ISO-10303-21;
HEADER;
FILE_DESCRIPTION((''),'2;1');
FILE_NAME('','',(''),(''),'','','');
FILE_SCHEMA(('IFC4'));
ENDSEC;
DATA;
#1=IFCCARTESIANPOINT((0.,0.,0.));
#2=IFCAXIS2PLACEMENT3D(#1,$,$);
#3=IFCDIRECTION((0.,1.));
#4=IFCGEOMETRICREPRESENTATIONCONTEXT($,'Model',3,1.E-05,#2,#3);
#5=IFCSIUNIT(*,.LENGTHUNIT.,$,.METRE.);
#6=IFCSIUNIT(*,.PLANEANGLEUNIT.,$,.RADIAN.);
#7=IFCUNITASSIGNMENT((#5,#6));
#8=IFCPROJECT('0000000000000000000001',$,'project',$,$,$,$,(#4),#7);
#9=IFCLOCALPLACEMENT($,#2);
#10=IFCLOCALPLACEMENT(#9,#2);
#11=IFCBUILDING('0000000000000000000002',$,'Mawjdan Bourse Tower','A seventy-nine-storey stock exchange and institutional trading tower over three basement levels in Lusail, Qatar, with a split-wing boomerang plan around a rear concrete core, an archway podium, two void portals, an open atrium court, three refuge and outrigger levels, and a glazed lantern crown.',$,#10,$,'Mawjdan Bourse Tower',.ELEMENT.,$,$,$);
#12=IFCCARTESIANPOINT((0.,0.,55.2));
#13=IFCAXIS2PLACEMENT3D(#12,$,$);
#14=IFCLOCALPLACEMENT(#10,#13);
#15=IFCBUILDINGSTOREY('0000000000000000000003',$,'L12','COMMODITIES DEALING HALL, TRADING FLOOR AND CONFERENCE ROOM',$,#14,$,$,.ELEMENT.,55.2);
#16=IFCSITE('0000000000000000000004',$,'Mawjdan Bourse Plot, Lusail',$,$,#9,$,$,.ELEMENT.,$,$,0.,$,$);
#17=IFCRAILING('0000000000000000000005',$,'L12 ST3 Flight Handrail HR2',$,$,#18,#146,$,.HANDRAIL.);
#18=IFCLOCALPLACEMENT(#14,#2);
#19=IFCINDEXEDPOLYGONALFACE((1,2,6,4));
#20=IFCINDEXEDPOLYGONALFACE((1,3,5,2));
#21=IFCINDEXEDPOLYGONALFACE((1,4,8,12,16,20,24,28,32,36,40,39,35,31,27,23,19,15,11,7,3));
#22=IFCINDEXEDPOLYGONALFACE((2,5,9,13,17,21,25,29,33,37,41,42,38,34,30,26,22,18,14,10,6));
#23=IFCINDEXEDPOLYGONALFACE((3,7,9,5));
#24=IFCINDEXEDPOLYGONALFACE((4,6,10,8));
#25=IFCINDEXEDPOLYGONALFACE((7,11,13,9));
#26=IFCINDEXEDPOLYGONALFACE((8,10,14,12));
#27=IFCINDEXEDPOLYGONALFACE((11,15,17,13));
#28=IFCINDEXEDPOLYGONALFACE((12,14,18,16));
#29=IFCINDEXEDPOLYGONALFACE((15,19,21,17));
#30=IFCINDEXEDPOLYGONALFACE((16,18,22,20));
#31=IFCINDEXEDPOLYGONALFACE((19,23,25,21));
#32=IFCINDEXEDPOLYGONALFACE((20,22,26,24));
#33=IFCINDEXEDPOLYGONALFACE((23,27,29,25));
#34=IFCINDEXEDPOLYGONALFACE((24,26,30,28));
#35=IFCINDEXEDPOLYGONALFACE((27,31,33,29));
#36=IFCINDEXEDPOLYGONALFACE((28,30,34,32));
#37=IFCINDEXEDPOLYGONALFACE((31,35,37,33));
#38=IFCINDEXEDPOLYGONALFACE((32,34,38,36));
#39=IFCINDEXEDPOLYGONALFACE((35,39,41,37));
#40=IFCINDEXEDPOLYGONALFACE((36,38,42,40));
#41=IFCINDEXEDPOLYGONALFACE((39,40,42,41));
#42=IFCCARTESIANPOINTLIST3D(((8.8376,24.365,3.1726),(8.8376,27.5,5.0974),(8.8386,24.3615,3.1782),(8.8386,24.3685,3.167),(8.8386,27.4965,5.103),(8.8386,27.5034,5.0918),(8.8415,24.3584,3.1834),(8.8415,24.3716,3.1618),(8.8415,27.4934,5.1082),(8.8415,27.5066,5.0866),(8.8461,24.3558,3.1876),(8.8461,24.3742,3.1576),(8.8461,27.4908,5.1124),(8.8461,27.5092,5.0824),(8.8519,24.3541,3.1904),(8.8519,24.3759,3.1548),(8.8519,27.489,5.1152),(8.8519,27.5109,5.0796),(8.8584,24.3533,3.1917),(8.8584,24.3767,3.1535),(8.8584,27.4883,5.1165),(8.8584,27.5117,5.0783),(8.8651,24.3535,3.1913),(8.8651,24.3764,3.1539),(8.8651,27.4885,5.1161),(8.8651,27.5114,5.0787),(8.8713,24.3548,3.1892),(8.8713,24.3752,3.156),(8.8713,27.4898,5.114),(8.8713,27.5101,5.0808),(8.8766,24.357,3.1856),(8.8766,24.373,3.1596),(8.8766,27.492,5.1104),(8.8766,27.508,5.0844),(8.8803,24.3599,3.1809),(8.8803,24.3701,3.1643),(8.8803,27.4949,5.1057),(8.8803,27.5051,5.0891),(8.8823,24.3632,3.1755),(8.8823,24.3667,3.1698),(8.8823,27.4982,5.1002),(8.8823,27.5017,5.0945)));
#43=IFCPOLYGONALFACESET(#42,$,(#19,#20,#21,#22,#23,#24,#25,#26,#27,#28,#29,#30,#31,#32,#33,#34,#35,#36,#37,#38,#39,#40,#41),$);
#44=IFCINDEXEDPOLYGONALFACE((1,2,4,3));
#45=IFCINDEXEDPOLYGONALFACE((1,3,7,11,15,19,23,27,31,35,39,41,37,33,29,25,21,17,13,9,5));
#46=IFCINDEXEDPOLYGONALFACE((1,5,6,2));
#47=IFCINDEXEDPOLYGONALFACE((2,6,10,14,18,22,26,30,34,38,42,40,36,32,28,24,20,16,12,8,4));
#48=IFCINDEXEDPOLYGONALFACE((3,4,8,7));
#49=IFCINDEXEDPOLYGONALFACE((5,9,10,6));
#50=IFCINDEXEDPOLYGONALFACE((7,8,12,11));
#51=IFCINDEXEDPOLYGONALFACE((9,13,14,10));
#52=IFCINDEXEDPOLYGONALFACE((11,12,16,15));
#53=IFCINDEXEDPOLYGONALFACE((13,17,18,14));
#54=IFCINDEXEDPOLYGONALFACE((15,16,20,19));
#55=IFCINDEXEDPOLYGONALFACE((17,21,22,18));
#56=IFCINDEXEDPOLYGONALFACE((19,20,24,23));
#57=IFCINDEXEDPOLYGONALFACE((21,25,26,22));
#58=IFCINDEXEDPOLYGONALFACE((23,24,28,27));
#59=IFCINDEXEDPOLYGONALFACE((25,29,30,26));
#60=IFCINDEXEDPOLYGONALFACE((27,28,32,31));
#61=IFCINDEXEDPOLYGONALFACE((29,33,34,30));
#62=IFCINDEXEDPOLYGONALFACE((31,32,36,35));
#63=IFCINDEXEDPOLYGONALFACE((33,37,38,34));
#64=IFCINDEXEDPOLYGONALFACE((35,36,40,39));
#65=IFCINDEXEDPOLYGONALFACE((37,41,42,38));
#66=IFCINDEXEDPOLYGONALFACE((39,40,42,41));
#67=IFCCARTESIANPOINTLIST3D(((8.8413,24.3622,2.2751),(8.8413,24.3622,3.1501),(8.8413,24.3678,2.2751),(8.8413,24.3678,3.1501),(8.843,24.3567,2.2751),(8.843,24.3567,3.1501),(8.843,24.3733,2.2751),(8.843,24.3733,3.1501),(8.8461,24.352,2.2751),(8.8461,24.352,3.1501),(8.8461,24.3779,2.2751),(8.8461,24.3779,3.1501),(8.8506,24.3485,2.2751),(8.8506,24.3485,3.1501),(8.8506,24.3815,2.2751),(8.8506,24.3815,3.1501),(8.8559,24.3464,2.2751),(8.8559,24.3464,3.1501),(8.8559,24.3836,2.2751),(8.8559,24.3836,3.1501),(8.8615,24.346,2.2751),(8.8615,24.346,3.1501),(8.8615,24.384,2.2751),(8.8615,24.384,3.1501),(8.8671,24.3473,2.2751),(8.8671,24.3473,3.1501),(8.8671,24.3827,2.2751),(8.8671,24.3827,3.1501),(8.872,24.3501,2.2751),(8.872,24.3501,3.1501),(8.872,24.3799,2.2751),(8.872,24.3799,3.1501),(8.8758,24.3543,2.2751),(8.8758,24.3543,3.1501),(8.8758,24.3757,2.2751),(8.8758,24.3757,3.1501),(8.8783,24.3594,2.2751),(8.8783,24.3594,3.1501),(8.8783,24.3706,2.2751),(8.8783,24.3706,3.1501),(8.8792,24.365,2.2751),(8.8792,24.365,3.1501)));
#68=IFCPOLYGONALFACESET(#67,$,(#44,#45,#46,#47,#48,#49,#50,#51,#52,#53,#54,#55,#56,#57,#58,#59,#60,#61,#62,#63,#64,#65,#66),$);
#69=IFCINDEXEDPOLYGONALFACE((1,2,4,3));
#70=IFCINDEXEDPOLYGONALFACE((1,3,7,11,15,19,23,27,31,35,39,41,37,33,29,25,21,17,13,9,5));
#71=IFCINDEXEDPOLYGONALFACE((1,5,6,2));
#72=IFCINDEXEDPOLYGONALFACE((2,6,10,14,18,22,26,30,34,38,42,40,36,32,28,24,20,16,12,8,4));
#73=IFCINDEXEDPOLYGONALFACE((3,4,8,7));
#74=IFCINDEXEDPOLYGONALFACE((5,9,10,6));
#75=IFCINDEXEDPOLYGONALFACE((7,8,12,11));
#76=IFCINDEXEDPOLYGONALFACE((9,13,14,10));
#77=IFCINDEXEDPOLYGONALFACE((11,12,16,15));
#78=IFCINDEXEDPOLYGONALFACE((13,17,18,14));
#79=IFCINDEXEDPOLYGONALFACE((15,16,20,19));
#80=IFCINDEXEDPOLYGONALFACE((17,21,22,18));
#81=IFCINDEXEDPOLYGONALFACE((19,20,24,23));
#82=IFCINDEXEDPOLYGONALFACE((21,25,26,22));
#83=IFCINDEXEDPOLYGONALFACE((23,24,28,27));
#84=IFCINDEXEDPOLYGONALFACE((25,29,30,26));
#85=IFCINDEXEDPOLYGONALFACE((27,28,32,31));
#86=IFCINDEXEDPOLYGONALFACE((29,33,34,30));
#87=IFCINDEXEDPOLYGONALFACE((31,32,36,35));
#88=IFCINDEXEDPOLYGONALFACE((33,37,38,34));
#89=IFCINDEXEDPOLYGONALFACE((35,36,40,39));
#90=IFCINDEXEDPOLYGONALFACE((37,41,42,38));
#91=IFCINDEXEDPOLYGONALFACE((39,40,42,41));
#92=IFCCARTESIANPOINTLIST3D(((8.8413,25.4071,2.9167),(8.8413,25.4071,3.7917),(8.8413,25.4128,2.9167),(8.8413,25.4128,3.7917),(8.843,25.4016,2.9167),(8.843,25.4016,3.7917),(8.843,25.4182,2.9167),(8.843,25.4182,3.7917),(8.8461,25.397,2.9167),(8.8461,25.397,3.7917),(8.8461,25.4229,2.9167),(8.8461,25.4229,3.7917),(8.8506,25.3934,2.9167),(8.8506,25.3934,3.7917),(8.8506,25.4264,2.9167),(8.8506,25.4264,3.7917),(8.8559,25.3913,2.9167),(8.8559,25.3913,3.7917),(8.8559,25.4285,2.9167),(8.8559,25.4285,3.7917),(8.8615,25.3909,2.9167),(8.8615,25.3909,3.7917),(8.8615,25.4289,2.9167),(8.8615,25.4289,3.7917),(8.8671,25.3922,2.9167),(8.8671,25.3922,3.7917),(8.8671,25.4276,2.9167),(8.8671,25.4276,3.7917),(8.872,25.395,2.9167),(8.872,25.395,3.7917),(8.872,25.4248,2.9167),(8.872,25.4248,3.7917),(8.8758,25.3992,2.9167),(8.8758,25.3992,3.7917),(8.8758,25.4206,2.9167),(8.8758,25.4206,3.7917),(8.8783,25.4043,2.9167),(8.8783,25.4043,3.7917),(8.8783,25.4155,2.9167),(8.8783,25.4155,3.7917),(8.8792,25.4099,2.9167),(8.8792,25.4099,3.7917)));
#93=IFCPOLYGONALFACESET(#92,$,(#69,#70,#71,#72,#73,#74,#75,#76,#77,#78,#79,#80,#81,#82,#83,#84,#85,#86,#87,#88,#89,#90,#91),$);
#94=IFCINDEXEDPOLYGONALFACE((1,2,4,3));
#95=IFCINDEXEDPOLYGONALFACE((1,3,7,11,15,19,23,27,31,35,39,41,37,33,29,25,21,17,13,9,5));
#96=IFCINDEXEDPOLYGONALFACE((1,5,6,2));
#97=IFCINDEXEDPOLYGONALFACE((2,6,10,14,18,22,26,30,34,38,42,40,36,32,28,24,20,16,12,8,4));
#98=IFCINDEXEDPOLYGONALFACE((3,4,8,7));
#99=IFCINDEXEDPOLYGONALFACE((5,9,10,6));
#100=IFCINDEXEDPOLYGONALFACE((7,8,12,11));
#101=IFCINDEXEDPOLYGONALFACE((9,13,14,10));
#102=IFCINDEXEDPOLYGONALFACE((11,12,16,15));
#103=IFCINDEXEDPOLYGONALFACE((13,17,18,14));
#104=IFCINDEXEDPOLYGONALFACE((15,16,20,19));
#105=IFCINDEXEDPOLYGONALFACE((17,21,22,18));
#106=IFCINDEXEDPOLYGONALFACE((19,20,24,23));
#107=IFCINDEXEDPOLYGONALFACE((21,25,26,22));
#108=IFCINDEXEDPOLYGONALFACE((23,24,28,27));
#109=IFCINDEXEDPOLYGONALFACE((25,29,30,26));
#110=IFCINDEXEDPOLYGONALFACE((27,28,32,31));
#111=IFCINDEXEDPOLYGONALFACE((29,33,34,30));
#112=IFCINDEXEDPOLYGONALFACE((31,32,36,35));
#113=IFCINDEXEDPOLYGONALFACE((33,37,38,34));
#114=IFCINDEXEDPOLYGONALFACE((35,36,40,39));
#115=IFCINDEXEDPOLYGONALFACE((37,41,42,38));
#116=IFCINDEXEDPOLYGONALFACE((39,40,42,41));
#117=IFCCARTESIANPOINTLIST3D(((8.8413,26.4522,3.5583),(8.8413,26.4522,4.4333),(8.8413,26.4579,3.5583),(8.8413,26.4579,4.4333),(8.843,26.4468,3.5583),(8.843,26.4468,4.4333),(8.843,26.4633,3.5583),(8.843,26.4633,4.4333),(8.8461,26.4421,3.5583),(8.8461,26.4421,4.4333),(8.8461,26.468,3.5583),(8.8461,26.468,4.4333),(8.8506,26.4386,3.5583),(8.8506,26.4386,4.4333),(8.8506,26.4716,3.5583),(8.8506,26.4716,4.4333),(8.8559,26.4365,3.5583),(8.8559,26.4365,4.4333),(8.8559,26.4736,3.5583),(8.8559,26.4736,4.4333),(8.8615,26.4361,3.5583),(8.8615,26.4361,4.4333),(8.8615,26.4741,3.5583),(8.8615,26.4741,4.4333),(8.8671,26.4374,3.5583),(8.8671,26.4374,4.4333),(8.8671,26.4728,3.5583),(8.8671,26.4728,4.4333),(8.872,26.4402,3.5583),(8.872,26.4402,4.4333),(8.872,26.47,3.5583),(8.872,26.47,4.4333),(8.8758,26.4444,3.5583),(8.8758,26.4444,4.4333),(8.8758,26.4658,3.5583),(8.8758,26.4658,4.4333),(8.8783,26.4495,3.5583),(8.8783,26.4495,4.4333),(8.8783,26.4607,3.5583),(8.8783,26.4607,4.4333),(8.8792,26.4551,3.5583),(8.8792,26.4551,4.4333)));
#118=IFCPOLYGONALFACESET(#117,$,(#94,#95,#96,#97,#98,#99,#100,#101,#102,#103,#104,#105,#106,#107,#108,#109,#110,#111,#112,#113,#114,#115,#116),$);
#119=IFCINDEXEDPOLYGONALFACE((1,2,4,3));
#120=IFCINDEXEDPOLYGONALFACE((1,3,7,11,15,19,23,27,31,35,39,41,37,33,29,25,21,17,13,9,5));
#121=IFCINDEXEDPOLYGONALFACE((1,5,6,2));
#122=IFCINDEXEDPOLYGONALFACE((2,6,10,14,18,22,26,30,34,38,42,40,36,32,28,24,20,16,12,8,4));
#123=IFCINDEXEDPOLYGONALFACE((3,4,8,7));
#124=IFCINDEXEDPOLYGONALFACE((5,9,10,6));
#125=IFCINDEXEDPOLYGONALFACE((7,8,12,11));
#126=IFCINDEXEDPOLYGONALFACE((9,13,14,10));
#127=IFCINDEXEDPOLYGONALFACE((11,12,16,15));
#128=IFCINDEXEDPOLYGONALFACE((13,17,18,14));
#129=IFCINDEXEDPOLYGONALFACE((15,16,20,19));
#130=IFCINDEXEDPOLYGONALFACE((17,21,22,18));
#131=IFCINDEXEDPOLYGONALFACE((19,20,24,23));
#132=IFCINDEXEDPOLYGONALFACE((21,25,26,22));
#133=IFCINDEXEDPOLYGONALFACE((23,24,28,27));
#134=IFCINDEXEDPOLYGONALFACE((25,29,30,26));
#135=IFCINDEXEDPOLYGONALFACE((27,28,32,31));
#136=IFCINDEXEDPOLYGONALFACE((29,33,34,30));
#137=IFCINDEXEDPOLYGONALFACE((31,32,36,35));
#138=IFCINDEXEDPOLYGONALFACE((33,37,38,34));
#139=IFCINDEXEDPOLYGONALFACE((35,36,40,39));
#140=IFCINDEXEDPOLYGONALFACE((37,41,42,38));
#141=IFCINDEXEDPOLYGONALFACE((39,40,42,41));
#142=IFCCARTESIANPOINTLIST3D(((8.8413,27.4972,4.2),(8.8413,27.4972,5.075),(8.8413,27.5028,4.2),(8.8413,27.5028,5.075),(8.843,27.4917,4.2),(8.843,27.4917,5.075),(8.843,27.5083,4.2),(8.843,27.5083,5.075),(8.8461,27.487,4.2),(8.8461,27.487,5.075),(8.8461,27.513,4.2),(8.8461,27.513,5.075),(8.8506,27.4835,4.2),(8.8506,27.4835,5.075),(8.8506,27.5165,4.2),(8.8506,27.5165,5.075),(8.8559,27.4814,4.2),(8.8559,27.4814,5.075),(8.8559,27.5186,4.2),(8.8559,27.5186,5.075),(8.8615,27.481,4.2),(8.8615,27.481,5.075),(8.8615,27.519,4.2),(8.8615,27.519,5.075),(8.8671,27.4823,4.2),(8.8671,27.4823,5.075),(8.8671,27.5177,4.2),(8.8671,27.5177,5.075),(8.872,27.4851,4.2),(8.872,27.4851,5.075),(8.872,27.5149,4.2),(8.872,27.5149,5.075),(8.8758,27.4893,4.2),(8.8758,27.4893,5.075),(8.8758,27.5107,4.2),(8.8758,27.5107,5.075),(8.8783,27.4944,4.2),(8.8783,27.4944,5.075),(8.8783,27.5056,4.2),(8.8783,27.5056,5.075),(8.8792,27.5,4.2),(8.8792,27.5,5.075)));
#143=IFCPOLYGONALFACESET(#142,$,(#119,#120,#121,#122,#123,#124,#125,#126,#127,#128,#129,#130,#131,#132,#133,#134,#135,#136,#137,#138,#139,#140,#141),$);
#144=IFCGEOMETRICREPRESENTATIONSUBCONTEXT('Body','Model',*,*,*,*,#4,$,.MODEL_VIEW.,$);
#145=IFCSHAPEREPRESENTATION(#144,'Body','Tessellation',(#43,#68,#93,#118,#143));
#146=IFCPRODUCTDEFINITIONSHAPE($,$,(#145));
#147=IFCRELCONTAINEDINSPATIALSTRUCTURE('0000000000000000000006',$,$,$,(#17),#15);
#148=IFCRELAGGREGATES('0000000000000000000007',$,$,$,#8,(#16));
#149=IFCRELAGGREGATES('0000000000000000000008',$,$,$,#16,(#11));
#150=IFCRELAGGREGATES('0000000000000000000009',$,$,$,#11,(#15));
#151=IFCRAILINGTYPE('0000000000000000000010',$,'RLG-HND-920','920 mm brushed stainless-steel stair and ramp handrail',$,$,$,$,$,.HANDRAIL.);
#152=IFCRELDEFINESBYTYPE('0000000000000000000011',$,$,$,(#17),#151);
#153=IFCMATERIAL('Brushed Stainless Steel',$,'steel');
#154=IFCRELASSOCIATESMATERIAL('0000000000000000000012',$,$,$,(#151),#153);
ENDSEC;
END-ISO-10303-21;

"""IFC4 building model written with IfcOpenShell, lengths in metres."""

from ifc_helpers import new_model, si_unit, direction, frame, origin, origin_2d, place, context, subcontext, project, spatial, circle, extrude, material, type_object, element, save


model = new_model("IFC4")

# Units and contexts
model_context = context("Model", 3, precision=1e-05, world=origin(), true_north=direction((0.0, 1.0)))
body_context = subcontext(model_context, "Body", "Model", "MODEL_VIEW")
ifc_project = project(units=[si_unit("LENGTHUNIT", "METRE"), si_unit("PLANEANGLEUNIT", "RADIAN")], contexts=[model_context])

# Site, building, storey
site_placement = place(None, origin())
site = spatial("IfcSite", under=ifc_project, at=site_placement, Name="Mawjdan Bourse Plot, Lusail", CompositionType="ELEMENT", RefElevation=0.0)
building_placement = place(site_placement, origin())
building = spatial("IfcBuilding", under=site, at=building_placement, Name="Mawjdan Bourse Tower", Description="A seventy-nine-storey stock exchange and institutional trading tower over three basement levels in Lusail, Qatar, with a split-wing boomerang plan around a rear concrete core, an archway podium, two void portals, an open atrium court, three refuge and outrigger levels, and a glazed lantern crown.", LongName="Mawjdan Bourse Tower", CompositionType="ELEMENT")
storey_placement = place(building_placement, frame((0.0, 0.0, 55.2)))
storey = spatial("IfcBuildingStorey", under=building, at=storey_placement, Name="L12", Description="COMMODITIES DEALING HALL, TRADING FLOOR AND CONFERENCE ROOM", CompositionType="ELEMENT", Elevation=55.2)

# Railing
ifc_material_1 = material(Name="Brushed Stainless Steel", Category="steel")
railing_type_1 = type_object("IfcRailingType", Name="RLG-HND-920", Description="920 mm brushed stainless-steel stair and ramp handrail", PredefinedType="HANDRAIL", material=ifc_material_1)
railing_1_placement = place(storey_placement, frame((8.8601, 24.365, 2.2751)))
element("IfcRailing", 1, at=railing_1_placement, inside=storey, type_object=railing_type_1, Name="L12 ST3 Flight Handrail HR2", PredefinedType="HANDRAIL", context=body_context, shape_type="SweptSolid", body=[
    extrude(circle(Radius=0.0225, at=origin_2d()), frame((0.0, 0.0, 0.8975), z_axis=(0.0, 0.852196, 0.523223), x_axis=(-1.0, 0.0, 0.0)), (0.0, 0.0, 1.0), 3.6787),
    extrude(circle(Radius=0.019, at=origin_2d()), origin(), (0.0, 0.0, 1.0), 0.875),
    extrude(circle(Radius=0.019, at=origin_2d()), frame((0.0, 1.0449, 0.6416)), (0.0, 0.0, 1.0), 0.875),
    extrude(circle(Radius=0.019, at=origin_2d()), frame((0.0, 2.0901, 1.2832)), (0.0, 0.0, 1.0), 0.875),
    extrude(circle(Radius=0.019, at=origin_2d()), frame((0.0, 3.135, 1.9248)), (0.0, 0.0, 1.0), 0.875),
])

save(model, "model.ifc")
